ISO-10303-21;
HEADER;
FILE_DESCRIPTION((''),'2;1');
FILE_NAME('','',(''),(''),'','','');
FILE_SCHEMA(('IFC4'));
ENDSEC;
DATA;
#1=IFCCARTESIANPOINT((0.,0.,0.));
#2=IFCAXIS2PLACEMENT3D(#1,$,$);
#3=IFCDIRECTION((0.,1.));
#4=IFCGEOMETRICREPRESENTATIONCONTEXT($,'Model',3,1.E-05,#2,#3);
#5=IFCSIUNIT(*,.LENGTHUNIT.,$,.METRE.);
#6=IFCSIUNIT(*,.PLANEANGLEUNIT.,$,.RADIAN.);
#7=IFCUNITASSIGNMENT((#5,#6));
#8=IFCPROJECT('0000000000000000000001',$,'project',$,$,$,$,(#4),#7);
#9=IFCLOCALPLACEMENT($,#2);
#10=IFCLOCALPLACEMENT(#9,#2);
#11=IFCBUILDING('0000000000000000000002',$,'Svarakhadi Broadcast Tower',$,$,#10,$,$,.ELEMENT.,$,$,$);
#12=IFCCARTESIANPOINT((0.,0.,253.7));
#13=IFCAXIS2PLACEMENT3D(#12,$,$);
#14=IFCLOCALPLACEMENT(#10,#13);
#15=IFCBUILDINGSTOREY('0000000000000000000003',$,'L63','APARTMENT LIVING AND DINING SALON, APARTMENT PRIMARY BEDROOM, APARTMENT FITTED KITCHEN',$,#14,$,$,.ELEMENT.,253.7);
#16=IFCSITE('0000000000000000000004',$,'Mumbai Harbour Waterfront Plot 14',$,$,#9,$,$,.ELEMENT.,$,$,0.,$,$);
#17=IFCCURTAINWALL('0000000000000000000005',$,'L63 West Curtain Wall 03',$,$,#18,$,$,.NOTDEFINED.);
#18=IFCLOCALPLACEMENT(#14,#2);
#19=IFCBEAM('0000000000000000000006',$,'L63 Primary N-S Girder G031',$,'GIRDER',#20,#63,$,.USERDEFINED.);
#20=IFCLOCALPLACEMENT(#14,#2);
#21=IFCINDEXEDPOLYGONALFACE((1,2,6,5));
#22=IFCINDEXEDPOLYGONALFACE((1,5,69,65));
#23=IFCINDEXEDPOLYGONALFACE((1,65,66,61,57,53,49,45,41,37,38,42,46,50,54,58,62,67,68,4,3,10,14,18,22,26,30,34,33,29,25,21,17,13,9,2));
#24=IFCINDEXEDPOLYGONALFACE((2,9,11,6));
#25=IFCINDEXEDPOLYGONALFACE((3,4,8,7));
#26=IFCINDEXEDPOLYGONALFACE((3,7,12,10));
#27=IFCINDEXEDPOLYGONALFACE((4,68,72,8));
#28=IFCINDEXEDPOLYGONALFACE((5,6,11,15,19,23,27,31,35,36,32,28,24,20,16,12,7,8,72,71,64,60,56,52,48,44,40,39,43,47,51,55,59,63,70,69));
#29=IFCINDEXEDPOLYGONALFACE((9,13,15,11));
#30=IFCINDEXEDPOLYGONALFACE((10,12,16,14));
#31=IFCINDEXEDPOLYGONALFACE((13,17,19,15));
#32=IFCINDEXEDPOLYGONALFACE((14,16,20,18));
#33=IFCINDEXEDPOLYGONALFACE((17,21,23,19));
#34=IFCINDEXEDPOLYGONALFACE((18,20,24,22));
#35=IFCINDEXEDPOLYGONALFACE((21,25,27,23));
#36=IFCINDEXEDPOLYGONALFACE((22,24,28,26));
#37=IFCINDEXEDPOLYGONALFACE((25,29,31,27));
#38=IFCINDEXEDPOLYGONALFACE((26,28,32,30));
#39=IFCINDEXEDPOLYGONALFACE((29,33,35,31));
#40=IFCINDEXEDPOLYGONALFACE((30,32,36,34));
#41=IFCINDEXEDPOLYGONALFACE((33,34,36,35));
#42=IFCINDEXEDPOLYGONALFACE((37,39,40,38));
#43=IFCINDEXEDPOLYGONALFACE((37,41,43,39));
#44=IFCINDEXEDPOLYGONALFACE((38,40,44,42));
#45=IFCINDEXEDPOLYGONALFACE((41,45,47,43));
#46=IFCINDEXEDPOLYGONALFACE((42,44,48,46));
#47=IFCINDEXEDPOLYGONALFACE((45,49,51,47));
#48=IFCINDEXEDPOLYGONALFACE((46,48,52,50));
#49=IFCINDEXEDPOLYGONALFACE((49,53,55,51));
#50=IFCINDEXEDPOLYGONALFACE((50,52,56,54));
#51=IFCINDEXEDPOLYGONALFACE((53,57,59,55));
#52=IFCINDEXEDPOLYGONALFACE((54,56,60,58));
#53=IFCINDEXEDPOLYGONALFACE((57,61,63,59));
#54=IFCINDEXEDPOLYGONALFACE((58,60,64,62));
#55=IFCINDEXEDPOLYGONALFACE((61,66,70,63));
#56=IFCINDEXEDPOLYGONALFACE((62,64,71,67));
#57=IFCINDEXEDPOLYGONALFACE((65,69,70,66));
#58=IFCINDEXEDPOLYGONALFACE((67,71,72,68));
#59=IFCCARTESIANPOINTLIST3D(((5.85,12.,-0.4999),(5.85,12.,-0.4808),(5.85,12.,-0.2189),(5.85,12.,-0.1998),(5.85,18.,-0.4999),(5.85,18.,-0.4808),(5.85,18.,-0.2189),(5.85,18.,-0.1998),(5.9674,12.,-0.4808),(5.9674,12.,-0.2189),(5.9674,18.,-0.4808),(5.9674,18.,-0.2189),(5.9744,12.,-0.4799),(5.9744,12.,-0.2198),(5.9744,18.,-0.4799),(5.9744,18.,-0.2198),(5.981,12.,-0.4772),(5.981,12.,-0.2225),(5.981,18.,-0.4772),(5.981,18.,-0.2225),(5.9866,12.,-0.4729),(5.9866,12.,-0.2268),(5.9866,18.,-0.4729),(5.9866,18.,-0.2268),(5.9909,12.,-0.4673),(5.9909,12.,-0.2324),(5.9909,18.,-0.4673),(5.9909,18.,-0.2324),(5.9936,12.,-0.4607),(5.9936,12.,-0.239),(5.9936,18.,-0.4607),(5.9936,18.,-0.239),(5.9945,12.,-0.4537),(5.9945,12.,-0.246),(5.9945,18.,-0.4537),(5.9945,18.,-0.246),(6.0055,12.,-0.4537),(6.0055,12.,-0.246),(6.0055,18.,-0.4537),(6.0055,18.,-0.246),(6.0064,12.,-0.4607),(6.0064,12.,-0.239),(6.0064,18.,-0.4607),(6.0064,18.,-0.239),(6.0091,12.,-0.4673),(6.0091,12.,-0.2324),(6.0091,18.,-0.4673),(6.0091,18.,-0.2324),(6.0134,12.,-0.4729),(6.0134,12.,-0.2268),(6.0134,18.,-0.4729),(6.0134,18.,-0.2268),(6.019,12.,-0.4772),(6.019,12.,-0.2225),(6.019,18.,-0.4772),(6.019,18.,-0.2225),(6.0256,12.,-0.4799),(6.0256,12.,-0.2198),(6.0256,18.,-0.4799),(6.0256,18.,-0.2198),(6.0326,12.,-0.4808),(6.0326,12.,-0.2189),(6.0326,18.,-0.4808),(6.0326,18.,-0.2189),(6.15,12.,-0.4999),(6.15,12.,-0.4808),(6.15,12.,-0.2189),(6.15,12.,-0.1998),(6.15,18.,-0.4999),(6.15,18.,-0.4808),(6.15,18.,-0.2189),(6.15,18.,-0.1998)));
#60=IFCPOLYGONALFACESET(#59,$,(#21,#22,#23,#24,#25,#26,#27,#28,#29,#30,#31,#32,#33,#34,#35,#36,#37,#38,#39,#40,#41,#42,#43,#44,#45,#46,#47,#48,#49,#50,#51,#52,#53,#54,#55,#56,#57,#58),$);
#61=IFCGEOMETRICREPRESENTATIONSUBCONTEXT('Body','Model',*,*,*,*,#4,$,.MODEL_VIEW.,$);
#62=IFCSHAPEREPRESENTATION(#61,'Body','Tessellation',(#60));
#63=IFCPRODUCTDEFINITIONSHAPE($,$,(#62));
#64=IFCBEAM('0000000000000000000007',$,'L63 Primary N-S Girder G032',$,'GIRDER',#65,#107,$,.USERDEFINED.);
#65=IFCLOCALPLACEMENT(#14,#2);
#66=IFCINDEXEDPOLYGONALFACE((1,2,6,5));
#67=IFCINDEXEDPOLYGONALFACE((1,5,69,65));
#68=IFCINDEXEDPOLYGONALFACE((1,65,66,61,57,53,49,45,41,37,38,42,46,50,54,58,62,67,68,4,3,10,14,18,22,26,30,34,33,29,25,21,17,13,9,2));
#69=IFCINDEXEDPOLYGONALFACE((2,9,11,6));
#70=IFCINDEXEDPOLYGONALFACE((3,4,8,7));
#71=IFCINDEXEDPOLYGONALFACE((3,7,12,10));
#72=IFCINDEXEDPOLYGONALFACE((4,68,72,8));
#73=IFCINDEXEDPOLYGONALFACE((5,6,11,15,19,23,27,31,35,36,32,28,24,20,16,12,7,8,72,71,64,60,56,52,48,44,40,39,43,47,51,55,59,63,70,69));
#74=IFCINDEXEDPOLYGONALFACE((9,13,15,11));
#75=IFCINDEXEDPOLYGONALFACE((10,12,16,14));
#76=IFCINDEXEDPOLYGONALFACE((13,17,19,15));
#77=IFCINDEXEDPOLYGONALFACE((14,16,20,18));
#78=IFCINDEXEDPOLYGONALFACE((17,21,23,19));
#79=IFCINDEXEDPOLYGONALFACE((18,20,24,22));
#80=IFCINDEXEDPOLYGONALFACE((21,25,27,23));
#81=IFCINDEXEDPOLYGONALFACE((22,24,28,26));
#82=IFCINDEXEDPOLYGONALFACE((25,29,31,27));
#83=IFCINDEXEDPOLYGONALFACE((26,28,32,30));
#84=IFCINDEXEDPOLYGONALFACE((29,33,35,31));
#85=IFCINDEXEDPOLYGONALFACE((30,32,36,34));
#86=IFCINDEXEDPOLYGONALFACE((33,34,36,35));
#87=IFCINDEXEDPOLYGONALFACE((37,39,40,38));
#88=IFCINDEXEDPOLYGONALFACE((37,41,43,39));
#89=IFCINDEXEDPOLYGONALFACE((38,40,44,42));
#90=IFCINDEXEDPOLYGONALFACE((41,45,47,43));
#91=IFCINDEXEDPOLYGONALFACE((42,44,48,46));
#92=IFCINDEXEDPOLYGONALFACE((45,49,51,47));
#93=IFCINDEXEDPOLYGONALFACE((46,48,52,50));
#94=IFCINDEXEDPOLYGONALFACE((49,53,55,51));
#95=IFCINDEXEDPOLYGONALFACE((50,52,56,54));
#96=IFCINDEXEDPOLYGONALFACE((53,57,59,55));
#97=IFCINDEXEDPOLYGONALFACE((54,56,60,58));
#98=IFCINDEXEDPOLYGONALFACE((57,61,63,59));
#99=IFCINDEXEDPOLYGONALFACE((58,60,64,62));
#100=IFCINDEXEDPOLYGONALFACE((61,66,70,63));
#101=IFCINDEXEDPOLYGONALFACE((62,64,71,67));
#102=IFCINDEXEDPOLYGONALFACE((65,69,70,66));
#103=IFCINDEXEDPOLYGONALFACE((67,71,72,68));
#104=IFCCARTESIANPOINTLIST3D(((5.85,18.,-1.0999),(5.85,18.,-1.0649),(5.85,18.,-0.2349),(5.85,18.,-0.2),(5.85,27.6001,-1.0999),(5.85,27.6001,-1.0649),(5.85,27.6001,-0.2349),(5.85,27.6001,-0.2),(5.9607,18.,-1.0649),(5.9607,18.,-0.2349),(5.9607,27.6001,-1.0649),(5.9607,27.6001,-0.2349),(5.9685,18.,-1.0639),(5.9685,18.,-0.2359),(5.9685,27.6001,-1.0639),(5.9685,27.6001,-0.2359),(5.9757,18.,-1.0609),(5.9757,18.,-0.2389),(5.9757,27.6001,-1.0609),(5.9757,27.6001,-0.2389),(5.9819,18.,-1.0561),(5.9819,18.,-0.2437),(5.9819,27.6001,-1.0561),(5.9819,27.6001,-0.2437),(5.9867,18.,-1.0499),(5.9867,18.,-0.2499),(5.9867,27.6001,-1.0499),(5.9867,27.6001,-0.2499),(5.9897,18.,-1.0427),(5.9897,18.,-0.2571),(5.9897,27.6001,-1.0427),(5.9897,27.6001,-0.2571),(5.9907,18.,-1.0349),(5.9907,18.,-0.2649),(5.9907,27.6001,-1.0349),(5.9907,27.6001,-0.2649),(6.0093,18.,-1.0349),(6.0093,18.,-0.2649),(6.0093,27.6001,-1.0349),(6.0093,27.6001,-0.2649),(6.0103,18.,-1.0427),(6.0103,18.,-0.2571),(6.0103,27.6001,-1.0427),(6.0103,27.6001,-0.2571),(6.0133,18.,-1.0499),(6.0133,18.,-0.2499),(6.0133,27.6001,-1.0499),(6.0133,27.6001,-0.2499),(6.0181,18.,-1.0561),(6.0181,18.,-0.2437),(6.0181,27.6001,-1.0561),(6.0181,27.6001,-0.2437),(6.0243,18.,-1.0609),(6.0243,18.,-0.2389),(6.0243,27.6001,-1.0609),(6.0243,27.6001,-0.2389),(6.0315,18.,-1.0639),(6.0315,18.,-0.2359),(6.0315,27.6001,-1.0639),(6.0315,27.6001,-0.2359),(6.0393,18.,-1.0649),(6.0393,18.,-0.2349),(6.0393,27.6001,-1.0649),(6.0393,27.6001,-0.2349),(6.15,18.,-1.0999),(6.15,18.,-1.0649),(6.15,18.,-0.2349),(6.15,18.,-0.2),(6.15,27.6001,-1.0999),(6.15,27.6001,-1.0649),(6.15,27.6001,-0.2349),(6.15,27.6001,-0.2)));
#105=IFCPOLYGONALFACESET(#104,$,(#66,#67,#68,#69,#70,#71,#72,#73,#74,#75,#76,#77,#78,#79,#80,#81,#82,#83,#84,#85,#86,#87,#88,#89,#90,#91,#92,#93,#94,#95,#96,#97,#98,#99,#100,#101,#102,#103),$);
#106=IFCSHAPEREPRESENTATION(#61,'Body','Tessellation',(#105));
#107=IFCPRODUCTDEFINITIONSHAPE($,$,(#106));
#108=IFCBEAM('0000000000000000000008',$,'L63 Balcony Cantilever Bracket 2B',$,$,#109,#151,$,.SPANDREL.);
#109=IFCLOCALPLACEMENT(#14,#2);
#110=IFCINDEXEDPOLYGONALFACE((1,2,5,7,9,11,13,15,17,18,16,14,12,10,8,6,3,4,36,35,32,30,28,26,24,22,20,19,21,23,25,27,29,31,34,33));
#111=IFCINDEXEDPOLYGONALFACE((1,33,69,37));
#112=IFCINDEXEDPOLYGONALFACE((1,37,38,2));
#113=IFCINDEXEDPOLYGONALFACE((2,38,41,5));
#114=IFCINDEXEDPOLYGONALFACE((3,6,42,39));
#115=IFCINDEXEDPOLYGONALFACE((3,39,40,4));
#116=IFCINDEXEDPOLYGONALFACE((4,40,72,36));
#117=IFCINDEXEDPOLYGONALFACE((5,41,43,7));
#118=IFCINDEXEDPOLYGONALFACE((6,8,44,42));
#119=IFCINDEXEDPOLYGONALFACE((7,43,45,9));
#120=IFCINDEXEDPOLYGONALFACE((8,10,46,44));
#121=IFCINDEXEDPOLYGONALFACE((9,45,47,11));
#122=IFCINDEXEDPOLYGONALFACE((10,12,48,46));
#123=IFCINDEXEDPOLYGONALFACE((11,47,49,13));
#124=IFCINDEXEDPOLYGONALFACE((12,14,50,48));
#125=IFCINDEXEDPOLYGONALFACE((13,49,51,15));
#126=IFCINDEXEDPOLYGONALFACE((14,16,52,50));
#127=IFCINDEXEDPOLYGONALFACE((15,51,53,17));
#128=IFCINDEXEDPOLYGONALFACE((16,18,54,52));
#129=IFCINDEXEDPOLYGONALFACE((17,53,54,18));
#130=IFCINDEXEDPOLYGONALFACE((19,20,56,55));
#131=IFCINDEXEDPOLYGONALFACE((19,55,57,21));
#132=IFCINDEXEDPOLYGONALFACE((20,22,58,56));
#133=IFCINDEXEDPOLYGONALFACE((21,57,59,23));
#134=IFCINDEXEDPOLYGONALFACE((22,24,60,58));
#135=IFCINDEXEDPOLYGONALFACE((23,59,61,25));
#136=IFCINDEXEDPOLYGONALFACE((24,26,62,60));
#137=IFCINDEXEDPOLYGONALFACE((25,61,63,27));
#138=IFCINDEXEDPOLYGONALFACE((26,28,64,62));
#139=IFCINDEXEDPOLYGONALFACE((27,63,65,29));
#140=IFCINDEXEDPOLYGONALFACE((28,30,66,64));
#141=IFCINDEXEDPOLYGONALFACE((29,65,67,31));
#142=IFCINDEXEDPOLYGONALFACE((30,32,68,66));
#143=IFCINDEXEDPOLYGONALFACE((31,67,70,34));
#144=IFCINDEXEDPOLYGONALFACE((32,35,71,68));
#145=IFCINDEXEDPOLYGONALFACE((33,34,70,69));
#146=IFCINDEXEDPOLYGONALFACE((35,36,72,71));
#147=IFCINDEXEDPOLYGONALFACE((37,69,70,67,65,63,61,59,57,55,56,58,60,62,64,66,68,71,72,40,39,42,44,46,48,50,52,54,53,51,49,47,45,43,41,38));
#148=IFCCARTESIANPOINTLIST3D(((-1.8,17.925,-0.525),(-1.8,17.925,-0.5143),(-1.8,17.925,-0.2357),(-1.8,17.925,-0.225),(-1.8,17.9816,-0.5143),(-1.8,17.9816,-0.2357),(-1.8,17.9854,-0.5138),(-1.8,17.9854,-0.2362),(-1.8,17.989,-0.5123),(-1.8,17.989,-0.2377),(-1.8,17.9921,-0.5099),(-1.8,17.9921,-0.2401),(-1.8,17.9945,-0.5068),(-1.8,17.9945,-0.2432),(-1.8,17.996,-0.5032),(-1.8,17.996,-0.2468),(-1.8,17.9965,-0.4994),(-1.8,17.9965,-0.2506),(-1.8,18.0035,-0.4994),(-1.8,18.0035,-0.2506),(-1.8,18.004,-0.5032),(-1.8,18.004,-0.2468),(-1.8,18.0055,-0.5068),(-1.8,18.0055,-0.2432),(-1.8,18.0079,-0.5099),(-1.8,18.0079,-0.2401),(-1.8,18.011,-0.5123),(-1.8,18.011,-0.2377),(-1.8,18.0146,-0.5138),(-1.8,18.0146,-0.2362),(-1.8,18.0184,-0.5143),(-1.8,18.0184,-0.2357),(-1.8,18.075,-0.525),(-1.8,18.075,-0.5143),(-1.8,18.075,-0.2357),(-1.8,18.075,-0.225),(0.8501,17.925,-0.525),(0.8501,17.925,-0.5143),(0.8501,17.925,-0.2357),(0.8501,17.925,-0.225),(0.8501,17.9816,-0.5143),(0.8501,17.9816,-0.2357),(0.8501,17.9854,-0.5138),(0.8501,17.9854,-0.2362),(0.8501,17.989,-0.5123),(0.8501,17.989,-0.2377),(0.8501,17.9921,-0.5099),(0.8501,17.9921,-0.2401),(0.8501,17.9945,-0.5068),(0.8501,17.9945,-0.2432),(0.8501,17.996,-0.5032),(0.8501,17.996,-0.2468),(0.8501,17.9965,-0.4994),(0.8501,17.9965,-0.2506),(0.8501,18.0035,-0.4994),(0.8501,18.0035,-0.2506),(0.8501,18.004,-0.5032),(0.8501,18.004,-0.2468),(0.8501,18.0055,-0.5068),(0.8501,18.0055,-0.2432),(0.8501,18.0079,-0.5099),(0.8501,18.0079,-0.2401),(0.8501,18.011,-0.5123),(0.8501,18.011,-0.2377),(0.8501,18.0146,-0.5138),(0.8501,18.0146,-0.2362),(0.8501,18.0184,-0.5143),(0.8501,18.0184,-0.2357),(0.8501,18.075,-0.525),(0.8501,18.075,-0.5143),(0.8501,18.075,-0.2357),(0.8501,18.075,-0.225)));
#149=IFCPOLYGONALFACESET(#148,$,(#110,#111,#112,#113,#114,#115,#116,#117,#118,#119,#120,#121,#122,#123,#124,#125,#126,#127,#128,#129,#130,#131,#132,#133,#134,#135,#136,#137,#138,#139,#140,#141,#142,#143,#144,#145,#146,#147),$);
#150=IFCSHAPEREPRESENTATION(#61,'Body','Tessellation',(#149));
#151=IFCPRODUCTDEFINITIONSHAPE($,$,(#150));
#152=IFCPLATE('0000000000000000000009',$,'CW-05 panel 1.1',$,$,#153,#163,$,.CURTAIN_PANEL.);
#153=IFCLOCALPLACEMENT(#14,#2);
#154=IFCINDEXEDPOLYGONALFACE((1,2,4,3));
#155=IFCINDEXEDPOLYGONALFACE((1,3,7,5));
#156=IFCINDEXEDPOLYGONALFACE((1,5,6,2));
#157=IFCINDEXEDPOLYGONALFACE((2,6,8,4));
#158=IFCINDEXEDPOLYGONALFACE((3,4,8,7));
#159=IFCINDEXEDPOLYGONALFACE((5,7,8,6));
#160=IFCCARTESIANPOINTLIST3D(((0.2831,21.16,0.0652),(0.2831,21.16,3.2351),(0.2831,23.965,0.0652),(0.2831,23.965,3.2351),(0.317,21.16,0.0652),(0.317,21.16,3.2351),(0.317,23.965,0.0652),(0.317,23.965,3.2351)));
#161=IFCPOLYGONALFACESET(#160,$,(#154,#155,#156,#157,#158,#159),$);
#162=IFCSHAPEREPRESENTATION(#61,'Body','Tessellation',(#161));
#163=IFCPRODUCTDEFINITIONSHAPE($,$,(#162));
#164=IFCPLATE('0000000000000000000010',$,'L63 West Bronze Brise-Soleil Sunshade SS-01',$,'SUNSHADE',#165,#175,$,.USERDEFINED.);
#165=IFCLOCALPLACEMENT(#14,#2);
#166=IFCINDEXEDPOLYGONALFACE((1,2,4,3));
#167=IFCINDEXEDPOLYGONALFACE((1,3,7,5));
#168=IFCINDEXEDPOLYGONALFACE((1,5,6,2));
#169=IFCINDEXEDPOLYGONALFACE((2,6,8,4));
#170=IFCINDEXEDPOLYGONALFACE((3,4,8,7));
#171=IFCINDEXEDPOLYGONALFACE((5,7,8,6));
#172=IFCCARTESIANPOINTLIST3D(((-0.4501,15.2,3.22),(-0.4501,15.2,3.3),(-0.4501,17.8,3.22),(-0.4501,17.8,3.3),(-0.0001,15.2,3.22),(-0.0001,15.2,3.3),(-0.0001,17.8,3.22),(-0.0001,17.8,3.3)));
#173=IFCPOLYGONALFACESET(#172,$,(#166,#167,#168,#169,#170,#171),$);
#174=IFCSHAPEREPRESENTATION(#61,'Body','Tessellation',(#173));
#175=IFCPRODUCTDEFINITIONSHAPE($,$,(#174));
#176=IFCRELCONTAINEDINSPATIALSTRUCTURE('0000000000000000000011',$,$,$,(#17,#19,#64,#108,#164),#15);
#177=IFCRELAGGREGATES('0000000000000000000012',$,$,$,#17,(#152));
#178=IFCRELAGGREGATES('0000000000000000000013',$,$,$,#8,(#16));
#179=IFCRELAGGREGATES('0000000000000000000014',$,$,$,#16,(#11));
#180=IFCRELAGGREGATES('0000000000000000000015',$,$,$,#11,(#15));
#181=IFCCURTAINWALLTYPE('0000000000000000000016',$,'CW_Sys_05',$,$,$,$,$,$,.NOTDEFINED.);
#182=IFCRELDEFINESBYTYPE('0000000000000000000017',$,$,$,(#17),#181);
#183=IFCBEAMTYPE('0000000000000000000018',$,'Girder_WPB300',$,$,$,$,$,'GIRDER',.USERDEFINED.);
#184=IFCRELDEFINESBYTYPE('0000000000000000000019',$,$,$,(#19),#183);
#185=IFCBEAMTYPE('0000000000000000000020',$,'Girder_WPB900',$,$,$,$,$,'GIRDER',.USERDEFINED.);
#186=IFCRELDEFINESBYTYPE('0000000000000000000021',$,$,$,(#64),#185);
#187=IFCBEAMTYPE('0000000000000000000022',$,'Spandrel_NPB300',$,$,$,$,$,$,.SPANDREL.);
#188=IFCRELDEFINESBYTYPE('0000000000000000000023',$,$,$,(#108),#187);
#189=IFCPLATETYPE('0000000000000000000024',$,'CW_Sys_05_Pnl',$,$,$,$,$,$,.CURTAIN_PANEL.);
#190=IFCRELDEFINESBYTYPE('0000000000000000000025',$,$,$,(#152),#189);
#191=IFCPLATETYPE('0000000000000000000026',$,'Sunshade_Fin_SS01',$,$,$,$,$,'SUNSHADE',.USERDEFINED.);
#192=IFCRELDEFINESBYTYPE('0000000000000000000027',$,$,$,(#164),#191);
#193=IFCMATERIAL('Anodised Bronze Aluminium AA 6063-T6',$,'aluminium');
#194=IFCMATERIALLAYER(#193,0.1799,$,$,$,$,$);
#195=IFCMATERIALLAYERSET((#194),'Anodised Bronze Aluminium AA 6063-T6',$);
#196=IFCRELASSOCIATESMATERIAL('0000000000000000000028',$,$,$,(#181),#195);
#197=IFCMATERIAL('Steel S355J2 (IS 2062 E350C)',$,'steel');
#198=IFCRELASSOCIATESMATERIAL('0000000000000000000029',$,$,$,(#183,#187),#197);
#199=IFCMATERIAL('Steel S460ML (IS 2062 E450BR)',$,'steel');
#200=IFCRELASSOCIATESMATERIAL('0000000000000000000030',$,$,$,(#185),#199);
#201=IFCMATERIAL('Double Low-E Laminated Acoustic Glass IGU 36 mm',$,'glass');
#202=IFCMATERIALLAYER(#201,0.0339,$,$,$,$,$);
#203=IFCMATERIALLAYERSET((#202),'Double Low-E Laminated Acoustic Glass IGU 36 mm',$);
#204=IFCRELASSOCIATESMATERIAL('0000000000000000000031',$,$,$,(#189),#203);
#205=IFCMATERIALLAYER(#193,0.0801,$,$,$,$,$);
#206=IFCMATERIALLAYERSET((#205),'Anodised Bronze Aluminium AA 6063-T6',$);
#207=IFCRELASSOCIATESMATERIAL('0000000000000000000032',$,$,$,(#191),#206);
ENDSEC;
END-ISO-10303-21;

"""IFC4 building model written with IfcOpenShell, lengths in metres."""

from ifc_helpers import new_model, si_unit, direction, frame, origin, origin_2d, place, context, subcontext, project, spatial, rectangle, i_section, extrude, material, layer, layer_set, material_profile, profile_set, type_object, element, aggregate, save


model = new_model("IFC4")

# Units and contexts
model_context = context("Model", 3, precision=1e-05, world=origin(), true_north=direction((0.0, 1.0)))
body_context = subcontext(model_context, "Body", "Model", "MODEL_VIEW")
ifc_project = project(units=[si_unit("LENGTHUNIT", "METRE"), si_unit("PLANEANGLEUNIT", "RADIAN")], contexts=[model_context])

# Site, building, storey
site_placement = place(None, origin())
site = spatial("IfcSite", under=ifc_project, at=site_placement, Name="Mumbai Harbour Waterfront Plot 14", CompositionType="ELEMENT", RefElevation=0.0)
building_placement = place(site_placement, origin())
building = spatial("IfcBuilding", under=site, at=building_placement, Name="Svarakhadi Broadcast Tower", CompositionType="ELEMENT")
storey_placement = place(building_placement, frame((0.0, 0.0, 253.7)))
storey = spatial("IfcBuildingStorey", under=building, at=storey_placement, Name="L63", Description="APARTMENT LIVING AND DINING SALON, APARTMENT PRIMARY BEDROOM, APARTMENT FITTED KITCHEN", CompositionType="ELEMENT", Elevation=253.7)

# Shared definitions
ifc_material_1 = material(Name="Steel S460ML (IS 2062 E450BR)", Category="steel")

# Shared definitions
ifc_material_2 = material(Name="Steel S355J2 (IS 2062 E350C)", Category="steel")

# Curtain wall
ifc_material_3 = material(Name="Anodised Bronze Aluminium AA 6063-T6", Category="aluminium")
ifc_layer_1 = layer(ifc_material_3, 0.1799)
ifc_layer_set_1 = layer_set([ifc_layer_1], Name="Anodised Bronze Aluminium AA 6063-T6")
curtain_wall_type = type_object("IfcCurtainWallType", Name="CW_Sys_05", PredefinedType="NOTDEFINED", material=ifc_layer_set_1)
curtain_wall_placement = place(storey_placement, origin())
curtain_wall = element("IfcCurtainWall", 1, at=curtain_wall_placement, inside=storey, type_object=curtain_wall_type, Name="L63 West Curtain Wall 03", PredefinedType="NOTDEFINED")

# Beams
ifc_material_profile_1 = material_profile(ifc_material_2, i_section(OverallWidth=0.3, OverallDepth=0.3, WebThickness=0.011, FlangeThickness=0.019, FilletRadius=0.0271, at=origin_2d()), Name="WPB 300x300x117")
ifc_profile_set_1 = profile_set([ifc_material_profile_1], Name="Steel S355J2 (IS 2062 E350C)")
beam_type_1 = type_object("IfcBeamType", Name="Girder_WPB300", ElementType="GIRDER", PredefinedType="USERDEFINED", material=ifc_profile_set_1)
for number, where, z_axis, x_axis, name in (
    (2, (6.0, 12.0, -0.3499), (0.0, 1.0, 0.0), (-1.0, 0.0, 0.0), "L63 Primary N-S Girder G031"),
):
    element("IfcBeam", number, at=place(storey_placement, frame(where, z_axis=z_axis, x_axis=x_axis)), inside=storey, type_object=beam_type_1, Name=name, ObjectType="GIRDER", PredefinedType="USERDEFINED", context=body_context, shape_type="SweptSolid", body=[
        extrude(i_section(OverallWidth=0.3, OverallDepth=0.3, WebThickness=0.011, FlangeThickness=0.019, FilletRadius=0.0271, at=origin_2d()), origin(), (0.0, 0.0, 1.0), 6.0),
    ])
ifc_material_profile_2 = material_profile(ifc_material_1, i_section(OverallWidth=0.3, OverallDepth=0.8999, WebThickness=0.0186, FlangeThickness=0.0349, FilletRadius=0.03, at=origin_2d()), Name="WPB 900x300x291")
ifc_profile_set_2 = profile_set([ifc_material_profile_2], Name="Steel S460ML (IS 2062 E450BR)")
beam_type_2 = type_object("IfcBeamType", Name="Girder_WPB900", ElementType="GIRDER", PredefinedType="USERDEFINED", material=ifc_profile_set_2)
beam_1_placement = place(storey_placement, frame((6.0, 18.0, -0.6499), z_axis=(0.0, 1.0, 0.0), x_axis=(-1.0, 0.0, 0.0)))
element("IfcBeam", 3, at=beam_1_placement, inside=storey, type_object=beam_type_2, Name="L63 Primary N-S Girder G032", ObjectType="GIRDER", PredefinedType="USERDEFINED", context=body_context, shape_type="SweptSolid", body=[
    extrude(i_section(OverallWidth=0.3, OverallDepth=0.8999, WebThickness=0.0186, FlangeThickness=0.0349, FilletRadius=0.03, at=origin_2d()), origin(), (0.0, 0.0, 1.0), 9.6001),
])
ifc_material_profile_3 = material_profile(ifc_material_2, i_section(OverallWidth=0.1499, OverallDepth=0.3, WebThickness=0.0071, FlangeThickness=0.0107, FilletRadius=0.0149, at=origin_2d()), Name="NPB 300x150x37")
ifc_profile_set_3 = profile_set([ifc_material_profile_3], Name="Steel S355J2 (IS 2062 E350C)")
beam_type_3 = type_object("IfcBeamType", Name="Spandrel_NPB300", PredefinedType="SPANDREL", material=ifc_profile_set_3)
beam_2_placement = place(storey_placement, frame((0.8501, 18.0, -0.375), z_axis=(-1.0, 0.0, 0.0), x_axis=(0.0, -1.0, 0.0)))
element("IfcBeam", 4, at=beam_2_placement, inside=storey, type_object=beam_type_3, Name="L63 Balcony Cantilever Bracket 2B", PredefinedType="SPANDREL", context=body_context, shape_type="SweptSolid", body=[
    extrude(i_section(OverallWidth=0.1499, OverallDepth=0.3, WebThickness=0.0071, FlangeThickness=0.0107, FilletRadius=0.0149, at=origin_2d()), origin(), (0.0, 0.0, 1.0), 2.6501),
])

# Plates
ifc_material_4 = material(Name="Double Low-E Laminated Acoustic Glass IGU 36 mm", Category="glass")
ifc_layer_2 = layer(ifc_material_4, 0.0339)
ifc_layer_set_2 = layer_set([ifc_layer_2], Name="Double Low-E Laminated Acoustic Glass IGU 36 mm")
plate_type_1 = type_object("IfcPlateType", Name="CW_Sys_05_Pnl", PredefinedType="CURTAIN_PANEL", material=ifc_layer_set_2)
plate_1_placement = place(storey_placement, frame((0.3, 22.5625, 0.0652), z_axis=(0.0, 0.0, 1.0), x_axis=(0.0, 1.0, 0.0)))
plate_1 = element("IfcPlate", 5, at=plate_1_placement, type_object=plate_type_1, Name="CW-05 panel 1.1", PredefinedType="CURTAIN_PANEL", context=body_context, shape_type="SweptSolid", body=[
    extrude(rectangle(XDim=2.8049, YDim=0.0339, at=origin_2d()), origin(), (0.0, 0.0, 1.0), 3.1699),
])
aggregate(curtain_wall, [plate_1])
ifc_layer_3 = layer(ifc_material_3, 0.0801)
ifc_layer_set_3 = layer_set([ifc_layer_3], Name="Anodised Bronze Aluminium AA 6063-T6")
plate_type_2 = type_object("IfcPlateType", Name="Sunshade_Fin_SS01", ElementType="SUNSHADE", PredefinedType="USERDEFINED", material=ifc_layer_set_3)
plate_2_placement = place(storey_placement, frame((-0.2251, 16.5, 3.22), z_axis=(0.0, 0.0, 1.0), x_axis=(0.0, 1.0, 0.0)))
element("IfcPlate", 6, at=plate_2_placement, inside=storey, type_object=plate_type_2, Name="L63 West Bronze Brise-Soleil Sunshade SS-01", ObjectType="SUNSHADE", PredefinedType="USERDEFINED", context=body_context, shape_type="SweptSolid", body=[
    extrude(rectangle(XDim=2.6001, YDim=0.45, at=origin_2d()), origin(), (0.0, 0.0, 1.0), 0.0801),
])

save(model, "model.ifc")
